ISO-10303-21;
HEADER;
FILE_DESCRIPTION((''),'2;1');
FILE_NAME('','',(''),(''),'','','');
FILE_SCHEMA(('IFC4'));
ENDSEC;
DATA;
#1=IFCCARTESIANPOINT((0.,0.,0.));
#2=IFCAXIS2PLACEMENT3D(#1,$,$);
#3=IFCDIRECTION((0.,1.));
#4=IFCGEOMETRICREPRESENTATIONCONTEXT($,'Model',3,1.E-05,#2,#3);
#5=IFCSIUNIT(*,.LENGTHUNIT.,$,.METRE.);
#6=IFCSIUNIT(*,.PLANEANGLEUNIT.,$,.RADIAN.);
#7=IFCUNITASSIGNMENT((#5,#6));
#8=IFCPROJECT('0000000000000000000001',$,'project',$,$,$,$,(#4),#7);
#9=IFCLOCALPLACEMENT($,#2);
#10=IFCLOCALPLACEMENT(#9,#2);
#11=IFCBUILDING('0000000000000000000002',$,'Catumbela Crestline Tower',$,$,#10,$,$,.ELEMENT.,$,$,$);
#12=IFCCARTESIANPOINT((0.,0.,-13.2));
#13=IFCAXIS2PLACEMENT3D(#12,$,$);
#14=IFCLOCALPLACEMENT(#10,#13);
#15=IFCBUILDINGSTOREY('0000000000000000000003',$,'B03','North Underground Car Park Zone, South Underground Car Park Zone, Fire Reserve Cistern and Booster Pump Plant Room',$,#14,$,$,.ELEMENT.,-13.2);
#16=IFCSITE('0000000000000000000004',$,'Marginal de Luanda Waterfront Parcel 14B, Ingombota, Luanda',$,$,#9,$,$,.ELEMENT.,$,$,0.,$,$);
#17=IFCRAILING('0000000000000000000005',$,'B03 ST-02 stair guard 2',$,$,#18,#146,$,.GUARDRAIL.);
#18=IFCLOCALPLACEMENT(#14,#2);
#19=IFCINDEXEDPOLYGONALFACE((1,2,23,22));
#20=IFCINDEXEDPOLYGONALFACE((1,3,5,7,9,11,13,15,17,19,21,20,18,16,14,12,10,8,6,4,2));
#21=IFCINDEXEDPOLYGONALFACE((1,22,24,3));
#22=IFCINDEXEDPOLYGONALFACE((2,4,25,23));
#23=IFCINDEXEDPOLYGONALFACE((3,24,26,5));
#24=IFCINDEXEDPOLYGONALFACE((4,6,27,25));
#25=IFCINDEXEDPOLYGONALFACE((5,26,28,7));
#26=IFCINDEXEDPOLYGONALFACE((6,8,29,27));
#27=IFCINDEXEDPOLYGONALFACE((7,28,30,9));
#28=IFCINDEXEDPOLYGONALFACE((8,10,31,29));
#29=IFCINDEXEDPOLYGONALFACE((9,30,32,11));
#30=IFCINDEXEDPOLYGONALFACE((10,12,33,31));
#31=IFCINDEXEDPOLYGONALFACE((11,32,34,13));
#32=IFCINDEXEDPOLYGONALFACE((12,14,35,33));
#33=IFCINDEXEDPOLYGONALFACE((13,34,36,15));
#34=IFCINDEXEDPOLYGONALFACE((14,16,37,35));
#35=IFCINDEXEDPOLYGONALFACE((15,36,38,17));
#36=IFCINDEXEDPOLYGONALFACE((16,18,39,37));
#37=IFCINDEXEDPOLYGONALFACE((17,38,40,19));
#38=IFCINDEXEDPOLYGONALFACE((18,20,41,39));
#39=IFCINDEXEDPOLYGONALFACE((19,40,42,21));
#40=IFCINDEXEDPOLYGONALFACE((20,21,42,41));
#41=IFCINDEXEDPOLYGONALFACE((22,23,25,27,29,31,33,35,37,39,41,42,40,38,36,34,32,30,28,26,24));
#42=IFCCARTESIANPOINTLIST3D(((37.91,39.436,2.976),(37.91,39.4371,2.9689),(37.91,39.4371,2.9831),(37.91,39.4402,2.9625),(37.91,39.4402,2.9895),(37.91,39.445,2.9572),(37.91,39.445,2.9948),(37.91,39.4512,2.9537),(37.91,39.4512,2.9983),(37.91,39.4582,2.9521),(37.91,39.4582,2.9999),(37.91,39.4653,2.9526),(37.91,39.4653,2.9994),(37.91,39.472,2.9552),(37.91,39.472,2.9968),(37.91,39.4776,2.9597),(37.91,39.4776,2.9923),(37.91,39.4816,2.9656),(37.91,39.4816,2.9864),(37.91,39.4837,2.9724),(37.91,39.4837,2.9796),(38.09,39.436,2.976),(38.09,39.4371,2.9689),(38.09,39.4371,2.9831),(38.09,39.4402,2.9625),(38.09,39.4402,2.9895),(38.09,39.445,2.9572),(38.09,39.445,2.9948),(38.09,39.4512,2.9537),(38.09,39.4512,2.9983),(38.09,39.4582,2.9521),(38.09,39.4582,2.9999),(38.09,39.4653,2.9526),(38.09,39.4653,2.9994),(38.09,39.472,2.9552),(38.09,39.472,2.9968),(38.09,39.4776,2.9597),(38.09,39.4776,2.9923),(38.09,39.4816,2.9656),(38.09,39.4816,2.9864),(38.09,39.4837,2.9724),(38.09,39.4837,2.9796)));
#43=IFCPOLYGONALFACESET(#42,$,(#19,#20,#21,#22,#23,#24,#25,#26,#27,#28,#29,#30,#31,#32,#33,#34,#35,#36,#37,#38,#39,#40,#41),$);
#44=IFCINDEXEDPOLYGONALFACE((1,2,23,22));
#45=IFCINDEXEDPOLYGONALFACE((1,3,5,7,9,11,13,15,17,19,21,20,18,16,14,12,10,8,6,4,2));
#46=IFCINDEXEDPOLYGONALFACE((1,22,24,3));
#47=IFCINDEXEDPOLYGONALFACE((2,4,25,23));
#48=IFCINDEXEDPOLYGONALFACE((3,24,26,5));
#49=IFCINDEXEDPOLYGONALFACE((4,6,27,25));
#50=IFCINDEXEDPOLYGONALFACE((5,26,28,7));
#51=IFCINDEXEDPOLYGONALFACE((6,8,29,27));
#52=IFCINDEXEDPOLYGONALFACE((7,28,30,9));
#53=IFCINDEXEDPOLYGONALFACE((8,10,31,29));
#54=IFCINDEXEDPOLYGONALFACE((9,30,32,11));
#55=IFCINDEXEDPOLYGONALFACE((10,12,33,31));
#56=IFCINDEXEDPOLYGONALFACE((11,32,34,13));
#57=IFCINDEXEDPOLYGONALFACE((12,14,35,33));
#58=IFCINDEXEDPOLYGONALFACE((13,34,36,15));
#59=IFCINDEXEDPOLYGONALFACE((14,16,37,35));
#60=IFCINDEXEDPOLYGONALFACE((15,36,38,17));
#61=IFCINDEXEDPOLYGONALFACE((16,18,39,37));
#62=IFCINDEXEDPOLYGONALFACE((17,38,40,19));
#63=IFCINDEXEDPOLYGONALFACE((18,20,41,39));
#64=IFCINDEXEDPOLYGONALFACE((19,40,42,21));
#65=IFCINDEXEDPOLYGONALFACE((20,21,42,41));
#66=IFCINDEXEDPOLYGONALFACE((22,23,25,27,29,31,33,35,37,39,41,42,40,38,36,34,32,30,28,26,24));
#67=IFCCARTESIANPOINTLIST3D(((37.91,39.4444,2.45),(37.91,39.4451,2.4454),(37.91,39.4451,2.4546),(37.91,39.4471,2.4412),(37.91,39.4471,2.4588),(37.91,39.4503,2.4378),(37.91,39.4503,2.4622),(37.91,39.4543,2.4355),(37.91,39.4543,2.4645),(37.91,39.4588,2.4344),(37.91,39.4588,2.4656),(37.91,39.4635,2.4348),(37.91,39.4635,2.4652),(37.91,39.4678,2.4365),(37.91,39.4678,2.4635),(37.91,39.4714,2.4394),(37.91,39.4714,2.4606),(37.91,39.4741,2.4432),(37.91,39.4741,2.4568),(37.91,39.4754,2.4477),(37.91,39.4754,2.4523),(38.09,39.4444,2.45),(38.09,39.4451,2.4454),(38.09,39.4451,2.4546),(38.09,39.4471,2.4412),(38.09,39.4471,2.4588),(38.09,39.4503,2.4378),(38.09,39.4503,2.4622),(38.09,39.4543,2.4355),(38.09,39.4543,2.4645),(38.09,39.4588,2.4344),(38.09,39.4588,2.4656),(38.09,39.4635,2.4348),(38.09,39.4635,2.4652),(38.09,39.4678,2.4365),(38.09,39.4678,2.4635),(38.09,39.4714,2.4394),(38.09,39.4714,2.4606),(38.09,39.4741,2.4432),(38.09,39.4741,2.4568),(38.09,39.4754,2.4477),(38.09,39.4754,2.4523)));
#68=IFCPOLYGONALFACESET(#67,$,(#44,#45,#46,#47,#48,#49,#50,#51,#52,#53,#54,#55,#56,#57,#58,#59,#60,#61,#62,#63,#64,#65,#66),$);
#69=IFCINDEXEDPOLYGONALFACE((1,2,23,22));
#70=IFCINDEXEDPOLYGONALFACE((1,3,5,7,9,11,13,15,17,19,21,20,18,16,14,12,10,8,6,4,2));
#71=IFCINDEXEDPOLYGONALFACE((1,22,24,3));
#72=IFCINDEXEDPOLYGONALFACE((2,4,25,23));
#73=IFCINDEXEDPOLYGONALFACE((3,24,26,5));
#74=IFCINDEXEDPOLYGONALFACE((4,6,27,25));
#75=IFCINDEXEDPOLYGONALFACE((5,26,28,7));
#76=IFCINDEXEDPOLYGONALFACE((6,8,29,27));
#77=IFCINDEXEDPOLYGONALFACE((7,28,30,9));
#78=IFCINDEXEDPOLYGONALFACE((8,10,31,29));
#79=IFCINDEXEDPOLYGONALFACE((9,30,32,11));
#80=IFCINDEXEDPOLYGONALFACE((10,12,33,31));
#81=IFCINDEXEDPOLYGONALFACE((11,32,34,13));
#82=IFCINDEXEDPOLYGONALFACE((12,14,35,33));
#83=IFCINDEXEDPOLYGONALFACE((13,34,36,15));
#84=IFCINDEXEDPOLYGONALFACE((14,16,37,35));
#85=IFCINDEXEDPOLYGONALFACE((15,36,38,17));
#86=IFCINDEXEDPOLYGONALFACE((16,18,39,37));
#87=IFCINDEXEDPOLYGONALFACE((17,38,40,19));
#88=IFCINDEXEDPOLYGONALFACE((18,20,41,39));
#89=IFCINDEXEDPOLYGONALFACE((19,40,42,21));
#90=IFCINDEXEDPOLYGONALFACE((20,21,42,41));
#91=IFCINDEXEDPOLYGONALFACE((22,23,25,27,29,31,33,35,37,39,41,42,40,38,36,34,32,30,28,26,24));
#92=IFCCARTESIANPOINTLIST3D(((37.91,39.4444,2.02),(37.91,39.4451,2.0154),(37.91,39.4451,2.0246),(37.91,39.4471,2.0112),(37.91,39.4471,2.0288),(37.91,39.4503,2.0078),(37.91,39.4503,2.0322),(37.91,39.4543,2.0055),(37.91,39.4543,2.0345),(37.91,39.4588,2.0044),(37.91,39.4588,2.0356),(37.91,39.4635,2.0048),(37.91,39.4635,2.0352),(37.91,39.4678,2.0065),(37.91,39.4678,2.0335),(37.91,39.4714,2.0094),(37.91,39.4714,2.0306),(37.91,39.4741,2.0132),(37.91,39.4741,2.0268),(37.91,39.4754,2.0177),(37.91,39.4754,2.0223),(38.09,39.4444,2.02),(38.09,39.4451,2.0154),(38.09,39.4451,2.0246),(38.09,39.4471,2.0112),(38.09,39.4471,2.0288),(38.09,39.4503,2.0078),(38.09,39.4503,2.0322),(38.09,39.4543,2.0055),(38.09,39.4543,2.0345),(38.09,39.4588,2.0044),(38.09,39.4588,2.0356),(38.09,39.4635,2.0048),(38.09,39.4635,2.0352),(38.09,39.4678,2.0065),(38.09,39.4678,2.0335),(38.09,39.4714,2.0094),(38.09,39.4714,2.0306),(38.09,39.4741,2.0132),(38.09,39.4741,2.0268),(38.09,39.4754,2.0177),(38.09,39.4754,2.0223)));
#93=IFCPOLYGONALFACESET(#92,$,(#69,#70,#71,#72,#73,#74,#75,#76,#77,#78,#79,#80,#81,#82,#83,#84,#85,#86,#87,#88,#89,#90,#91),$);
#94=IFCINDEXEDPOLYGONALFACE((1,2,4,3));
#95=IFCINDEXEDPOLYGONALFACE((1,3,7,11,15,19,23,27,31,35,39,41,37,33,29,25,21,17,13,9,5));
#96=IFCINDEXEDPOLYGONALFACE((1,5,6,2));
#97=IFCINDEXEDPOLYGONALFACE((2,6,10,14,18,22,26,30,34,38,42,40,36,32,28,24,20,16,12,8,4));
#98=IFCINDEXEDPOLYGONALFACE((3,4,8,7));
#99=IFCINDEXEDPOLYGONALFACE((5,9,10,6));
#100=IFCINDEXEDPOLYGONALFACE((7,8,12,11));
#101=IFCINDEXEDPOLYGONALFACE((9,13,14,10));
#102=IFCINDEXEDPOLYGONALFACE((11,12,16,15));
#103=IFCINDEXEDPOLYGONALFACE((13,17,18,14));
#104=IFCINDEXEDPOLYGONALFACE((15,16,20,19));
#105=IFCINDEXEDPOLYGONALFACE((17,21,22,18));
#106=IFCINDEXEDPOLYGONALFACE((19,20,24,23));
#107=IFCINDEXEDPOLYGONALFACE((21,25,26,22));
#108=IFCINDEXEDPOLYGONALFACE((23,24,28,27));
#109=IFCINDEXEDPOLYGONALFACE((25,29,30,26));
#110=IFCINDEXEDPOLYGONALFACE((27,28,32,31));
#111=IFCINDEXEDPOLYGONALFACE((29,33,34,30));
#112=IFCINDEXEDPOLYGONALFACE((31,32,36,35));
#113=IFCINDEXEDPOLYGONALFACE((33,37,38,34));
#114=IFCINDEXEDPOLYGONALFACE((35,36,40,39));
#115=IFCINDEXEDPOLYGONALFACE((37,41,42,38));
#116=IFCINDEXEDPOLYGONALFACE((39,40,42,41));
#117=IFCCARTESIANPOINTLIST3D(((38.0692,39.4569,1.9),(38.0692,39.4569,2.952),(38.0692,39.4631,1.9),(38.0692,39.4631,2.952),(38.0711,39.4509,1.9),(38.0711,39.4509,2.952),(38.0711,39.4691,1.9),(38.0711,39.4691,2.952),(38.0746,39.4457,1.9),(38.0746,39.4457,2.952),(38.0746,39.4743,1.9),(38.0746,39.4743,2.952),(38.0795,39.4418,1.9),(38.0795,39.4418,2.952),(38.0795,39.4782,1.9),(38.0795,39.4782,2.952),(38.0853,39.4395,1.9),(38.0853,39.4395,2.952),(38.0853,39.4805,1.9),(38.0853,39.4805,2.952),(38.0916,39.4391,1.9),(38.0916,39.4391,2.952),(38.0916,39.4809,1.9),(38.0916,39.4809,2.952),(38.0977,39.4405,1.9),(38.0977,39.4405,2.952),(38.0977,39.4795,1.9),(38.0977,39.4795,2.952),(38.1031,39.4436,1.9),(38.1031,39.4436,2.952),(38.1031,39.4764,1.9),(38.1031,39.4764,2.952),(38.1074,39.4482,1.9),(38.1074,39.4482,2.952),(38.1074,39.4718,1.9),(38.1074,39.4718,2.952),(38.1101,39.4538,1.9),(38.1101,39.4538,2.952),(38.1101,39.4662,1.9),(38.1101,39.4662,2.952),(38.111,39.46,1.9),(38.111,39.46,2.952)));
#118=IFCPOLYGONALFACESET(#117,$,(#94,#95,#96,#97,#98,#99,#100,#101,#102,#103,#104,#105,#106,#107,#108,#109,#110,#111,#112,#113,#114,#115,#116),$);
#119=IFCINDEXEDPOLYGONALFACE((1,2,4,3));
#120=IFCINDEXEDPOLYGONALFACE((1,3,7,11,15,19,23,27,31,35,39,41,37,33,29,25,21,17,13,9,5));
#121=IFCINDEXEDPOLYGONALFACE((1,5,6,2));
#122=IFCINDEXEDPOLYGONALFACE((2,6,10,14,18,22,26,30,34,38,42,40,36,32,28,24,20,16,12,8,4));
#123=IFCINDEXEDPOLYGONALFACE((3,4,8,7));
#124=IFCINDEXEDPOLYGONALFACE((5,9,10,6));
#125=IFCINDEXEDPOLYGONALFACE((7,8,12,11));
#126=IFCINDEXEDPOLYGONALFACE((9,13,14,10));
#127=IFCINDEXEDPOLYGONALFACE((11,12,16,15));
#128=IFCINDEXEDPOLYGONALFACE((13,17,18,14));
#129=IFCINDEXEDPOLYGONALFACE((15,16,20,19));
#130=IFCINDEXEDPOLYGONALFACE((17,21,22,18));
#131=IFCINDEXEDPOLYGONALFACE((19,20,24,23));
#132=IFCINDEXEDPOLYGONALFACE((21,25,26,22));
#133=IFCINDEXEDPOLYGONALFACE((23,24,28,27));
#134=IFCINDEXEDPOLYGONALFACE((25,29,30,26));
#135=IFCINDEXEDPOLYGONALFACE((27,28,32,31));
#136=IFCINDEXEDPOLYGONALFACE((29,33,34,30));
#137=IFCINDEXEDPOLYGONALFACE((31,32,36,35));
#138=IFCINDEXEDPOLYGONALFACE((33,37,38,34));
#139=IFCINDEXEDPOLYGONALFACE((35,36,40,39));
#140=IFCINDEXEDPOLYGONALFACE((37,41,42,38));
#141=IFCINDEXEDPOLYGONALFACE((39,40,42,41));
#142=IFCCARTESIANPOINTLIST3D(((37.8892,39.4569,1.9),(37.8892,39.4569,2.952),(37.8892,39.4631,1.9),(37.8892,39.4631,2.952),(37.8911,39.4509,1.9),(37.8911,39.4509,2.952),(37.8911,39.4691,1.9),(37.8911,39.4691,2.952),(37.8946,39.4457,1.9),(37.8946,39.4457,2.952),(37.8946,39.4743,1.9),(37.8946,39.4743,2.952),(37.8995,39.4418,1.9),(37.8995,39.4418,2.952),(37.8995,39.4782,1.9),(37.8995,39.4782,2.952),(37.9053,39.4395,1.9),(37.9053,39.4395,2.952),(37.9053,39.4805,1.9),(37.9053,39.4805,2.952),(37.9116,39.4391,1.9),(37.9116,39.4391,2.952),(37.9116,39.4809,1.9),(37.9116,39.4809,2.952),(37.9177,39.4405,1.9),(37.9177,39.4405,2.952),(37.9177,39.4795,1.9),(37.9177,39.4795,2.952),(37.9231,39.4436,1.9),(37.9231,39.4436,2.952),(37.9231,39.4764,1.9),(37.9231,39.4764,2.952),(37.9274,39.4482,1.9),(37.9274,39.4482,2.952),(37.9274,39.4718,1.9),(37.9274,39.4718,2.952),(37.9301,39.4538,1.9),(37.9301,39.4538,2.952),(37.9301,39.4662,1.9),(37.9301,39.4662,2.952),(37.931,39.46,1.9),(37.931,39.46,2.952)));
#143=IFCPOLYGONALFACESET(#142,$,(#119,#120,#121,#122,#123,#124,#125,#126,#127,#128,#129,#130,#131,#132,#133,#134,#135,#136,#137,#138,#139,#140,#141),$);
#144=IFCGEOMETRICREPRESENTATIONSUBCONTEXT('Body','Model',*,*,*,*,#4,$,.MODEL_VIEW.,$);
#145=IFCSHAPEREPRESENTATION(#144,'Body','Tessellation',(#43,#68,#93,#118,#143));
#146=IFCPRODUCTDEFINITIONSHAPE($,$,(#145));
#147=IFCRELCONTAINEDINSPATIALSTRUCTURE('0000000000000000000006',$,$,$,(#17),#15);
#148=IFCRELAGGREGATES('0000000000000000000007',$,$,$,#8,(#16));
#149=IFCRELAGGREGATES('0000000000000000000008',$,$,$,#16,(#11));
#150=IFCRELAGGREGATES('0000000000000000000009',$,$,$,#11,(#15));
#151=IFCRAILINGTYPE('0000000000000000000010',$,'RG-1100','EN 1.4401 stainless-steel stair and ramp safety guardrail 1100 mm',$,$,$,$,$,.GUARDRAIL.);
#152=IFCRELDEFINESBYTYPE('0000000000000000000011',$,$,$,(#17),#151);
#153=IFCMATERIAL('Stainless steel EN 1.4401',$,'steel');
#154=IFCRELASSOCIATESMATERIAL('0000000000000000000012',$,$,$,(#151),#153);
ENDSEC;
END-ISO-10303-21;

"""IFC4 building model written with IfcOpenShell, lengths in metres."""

from ifc_helpers import new_model, si_unit, direction, frame, origin, origin_2d, place, context, subcontext, project, spatial, circle, extrude, material, type_object, element, save


model = new_model("IFC4")

# Units and contexts
model_context = context("Model", 3, precision=1e-05, world=origin(), true_north=direction((0.0, 1.0)))
body_context = subcontext(model_context, "Body", "Model", "MODEL_VIEW")
ifc_project = project(units=[si_unit("LENGTHUNIT", "METRE"), si_unit("PLANEANGLEUNIT", "RADIAN")], contexts=[model_context])

# Site, building, storey
site_placement = place(None, origin())
site = spatial("IfcSite", under=ifc_project, at=site_placement, Name="Marginal de Luanda Waterfront Parcel 14B, Ingombota, Luanda", CompositionType="ELEMENT", RefElevation=0.0)
building_placement = place(site_placement, origin())
building = spatial("IfcBuilding", under=site, at=building_placement, Name="Catumbela Crestline Tower", CompositionType="ELEMENT")
storey_placement = place(building_placement, frame((0.0, 0.0, -13.2)))
storey = spatial("IfcBuildingStorey", under=building, at=storey_placement, Name="B03", Description="North Underground Car Park Zone, South Underground Car Park Zone, Fire Reserve Cistern and Booster Pump Plant Room", CompositionType="ELEMENT", Elevation=-13.2)

# Shared definitions
ifc_material_1 = material(Name="Stainless steel EN 1.4401", Category="steel")

# Railing
railing_type_1 = type_object("IfcRailingType", Name="RG-1100", Description="EN 1.4401 stainless-steel stair and ramp safety guardrail 1100 mm", PredefinedType="GUARDRAIL", material=ifc_material_1)
railing_1_placement = place(storey_placement, frame((38.09, 39.46, 1.9)))
element("IfcRailing", 1, at=railing_1_placement, inside=storey, type_object=railing_type_1, Name="B03 ST-02 stair guard 2", PredefinedType="GUARDRAIL", context=body_context, shape_type="SweptSolid", body=[
    extrude(circle(Radius=0.024, at=origin_2d()), frame((0.0, 0.0, 1.076), z_axis=(-1.0, 0.0, 0.0), x_axis=(0.0, -1.0, 0.0)), (0.0, 0.0, 1.0), 0.18),
    extrude(circle(Radius=0.0156, at=origin_2d()), frame((0.0, 0.0, 0.55), z_axis=(-1.0, 0.0, 0.0), x_axis=(0.0, -1.0, 0.0)), (0.0, 0.0, 1.0), 0.18),
    extrude(circle(Radius=0.0156, at=origin_2d()), frame((0.0, 0.0, 0.12), z_axis=(-1.0, 0.0, 0.0), x_axis=(0.0, -1.0, 0.0)), (0.0, 0.0, 1.0), 0.18),
    extrude(circle(Radius=0.021, at=origin_2d()), origin(), (0.0, 0.0, 1.0), 1.052),
    extrude(circle(Radius=0.021, at=origin_2d()), frame((-0.18, 0.0, 0.0)), (0.0, 0.0, 1.0), 1.052),
])

save(model, "model.ifc")
